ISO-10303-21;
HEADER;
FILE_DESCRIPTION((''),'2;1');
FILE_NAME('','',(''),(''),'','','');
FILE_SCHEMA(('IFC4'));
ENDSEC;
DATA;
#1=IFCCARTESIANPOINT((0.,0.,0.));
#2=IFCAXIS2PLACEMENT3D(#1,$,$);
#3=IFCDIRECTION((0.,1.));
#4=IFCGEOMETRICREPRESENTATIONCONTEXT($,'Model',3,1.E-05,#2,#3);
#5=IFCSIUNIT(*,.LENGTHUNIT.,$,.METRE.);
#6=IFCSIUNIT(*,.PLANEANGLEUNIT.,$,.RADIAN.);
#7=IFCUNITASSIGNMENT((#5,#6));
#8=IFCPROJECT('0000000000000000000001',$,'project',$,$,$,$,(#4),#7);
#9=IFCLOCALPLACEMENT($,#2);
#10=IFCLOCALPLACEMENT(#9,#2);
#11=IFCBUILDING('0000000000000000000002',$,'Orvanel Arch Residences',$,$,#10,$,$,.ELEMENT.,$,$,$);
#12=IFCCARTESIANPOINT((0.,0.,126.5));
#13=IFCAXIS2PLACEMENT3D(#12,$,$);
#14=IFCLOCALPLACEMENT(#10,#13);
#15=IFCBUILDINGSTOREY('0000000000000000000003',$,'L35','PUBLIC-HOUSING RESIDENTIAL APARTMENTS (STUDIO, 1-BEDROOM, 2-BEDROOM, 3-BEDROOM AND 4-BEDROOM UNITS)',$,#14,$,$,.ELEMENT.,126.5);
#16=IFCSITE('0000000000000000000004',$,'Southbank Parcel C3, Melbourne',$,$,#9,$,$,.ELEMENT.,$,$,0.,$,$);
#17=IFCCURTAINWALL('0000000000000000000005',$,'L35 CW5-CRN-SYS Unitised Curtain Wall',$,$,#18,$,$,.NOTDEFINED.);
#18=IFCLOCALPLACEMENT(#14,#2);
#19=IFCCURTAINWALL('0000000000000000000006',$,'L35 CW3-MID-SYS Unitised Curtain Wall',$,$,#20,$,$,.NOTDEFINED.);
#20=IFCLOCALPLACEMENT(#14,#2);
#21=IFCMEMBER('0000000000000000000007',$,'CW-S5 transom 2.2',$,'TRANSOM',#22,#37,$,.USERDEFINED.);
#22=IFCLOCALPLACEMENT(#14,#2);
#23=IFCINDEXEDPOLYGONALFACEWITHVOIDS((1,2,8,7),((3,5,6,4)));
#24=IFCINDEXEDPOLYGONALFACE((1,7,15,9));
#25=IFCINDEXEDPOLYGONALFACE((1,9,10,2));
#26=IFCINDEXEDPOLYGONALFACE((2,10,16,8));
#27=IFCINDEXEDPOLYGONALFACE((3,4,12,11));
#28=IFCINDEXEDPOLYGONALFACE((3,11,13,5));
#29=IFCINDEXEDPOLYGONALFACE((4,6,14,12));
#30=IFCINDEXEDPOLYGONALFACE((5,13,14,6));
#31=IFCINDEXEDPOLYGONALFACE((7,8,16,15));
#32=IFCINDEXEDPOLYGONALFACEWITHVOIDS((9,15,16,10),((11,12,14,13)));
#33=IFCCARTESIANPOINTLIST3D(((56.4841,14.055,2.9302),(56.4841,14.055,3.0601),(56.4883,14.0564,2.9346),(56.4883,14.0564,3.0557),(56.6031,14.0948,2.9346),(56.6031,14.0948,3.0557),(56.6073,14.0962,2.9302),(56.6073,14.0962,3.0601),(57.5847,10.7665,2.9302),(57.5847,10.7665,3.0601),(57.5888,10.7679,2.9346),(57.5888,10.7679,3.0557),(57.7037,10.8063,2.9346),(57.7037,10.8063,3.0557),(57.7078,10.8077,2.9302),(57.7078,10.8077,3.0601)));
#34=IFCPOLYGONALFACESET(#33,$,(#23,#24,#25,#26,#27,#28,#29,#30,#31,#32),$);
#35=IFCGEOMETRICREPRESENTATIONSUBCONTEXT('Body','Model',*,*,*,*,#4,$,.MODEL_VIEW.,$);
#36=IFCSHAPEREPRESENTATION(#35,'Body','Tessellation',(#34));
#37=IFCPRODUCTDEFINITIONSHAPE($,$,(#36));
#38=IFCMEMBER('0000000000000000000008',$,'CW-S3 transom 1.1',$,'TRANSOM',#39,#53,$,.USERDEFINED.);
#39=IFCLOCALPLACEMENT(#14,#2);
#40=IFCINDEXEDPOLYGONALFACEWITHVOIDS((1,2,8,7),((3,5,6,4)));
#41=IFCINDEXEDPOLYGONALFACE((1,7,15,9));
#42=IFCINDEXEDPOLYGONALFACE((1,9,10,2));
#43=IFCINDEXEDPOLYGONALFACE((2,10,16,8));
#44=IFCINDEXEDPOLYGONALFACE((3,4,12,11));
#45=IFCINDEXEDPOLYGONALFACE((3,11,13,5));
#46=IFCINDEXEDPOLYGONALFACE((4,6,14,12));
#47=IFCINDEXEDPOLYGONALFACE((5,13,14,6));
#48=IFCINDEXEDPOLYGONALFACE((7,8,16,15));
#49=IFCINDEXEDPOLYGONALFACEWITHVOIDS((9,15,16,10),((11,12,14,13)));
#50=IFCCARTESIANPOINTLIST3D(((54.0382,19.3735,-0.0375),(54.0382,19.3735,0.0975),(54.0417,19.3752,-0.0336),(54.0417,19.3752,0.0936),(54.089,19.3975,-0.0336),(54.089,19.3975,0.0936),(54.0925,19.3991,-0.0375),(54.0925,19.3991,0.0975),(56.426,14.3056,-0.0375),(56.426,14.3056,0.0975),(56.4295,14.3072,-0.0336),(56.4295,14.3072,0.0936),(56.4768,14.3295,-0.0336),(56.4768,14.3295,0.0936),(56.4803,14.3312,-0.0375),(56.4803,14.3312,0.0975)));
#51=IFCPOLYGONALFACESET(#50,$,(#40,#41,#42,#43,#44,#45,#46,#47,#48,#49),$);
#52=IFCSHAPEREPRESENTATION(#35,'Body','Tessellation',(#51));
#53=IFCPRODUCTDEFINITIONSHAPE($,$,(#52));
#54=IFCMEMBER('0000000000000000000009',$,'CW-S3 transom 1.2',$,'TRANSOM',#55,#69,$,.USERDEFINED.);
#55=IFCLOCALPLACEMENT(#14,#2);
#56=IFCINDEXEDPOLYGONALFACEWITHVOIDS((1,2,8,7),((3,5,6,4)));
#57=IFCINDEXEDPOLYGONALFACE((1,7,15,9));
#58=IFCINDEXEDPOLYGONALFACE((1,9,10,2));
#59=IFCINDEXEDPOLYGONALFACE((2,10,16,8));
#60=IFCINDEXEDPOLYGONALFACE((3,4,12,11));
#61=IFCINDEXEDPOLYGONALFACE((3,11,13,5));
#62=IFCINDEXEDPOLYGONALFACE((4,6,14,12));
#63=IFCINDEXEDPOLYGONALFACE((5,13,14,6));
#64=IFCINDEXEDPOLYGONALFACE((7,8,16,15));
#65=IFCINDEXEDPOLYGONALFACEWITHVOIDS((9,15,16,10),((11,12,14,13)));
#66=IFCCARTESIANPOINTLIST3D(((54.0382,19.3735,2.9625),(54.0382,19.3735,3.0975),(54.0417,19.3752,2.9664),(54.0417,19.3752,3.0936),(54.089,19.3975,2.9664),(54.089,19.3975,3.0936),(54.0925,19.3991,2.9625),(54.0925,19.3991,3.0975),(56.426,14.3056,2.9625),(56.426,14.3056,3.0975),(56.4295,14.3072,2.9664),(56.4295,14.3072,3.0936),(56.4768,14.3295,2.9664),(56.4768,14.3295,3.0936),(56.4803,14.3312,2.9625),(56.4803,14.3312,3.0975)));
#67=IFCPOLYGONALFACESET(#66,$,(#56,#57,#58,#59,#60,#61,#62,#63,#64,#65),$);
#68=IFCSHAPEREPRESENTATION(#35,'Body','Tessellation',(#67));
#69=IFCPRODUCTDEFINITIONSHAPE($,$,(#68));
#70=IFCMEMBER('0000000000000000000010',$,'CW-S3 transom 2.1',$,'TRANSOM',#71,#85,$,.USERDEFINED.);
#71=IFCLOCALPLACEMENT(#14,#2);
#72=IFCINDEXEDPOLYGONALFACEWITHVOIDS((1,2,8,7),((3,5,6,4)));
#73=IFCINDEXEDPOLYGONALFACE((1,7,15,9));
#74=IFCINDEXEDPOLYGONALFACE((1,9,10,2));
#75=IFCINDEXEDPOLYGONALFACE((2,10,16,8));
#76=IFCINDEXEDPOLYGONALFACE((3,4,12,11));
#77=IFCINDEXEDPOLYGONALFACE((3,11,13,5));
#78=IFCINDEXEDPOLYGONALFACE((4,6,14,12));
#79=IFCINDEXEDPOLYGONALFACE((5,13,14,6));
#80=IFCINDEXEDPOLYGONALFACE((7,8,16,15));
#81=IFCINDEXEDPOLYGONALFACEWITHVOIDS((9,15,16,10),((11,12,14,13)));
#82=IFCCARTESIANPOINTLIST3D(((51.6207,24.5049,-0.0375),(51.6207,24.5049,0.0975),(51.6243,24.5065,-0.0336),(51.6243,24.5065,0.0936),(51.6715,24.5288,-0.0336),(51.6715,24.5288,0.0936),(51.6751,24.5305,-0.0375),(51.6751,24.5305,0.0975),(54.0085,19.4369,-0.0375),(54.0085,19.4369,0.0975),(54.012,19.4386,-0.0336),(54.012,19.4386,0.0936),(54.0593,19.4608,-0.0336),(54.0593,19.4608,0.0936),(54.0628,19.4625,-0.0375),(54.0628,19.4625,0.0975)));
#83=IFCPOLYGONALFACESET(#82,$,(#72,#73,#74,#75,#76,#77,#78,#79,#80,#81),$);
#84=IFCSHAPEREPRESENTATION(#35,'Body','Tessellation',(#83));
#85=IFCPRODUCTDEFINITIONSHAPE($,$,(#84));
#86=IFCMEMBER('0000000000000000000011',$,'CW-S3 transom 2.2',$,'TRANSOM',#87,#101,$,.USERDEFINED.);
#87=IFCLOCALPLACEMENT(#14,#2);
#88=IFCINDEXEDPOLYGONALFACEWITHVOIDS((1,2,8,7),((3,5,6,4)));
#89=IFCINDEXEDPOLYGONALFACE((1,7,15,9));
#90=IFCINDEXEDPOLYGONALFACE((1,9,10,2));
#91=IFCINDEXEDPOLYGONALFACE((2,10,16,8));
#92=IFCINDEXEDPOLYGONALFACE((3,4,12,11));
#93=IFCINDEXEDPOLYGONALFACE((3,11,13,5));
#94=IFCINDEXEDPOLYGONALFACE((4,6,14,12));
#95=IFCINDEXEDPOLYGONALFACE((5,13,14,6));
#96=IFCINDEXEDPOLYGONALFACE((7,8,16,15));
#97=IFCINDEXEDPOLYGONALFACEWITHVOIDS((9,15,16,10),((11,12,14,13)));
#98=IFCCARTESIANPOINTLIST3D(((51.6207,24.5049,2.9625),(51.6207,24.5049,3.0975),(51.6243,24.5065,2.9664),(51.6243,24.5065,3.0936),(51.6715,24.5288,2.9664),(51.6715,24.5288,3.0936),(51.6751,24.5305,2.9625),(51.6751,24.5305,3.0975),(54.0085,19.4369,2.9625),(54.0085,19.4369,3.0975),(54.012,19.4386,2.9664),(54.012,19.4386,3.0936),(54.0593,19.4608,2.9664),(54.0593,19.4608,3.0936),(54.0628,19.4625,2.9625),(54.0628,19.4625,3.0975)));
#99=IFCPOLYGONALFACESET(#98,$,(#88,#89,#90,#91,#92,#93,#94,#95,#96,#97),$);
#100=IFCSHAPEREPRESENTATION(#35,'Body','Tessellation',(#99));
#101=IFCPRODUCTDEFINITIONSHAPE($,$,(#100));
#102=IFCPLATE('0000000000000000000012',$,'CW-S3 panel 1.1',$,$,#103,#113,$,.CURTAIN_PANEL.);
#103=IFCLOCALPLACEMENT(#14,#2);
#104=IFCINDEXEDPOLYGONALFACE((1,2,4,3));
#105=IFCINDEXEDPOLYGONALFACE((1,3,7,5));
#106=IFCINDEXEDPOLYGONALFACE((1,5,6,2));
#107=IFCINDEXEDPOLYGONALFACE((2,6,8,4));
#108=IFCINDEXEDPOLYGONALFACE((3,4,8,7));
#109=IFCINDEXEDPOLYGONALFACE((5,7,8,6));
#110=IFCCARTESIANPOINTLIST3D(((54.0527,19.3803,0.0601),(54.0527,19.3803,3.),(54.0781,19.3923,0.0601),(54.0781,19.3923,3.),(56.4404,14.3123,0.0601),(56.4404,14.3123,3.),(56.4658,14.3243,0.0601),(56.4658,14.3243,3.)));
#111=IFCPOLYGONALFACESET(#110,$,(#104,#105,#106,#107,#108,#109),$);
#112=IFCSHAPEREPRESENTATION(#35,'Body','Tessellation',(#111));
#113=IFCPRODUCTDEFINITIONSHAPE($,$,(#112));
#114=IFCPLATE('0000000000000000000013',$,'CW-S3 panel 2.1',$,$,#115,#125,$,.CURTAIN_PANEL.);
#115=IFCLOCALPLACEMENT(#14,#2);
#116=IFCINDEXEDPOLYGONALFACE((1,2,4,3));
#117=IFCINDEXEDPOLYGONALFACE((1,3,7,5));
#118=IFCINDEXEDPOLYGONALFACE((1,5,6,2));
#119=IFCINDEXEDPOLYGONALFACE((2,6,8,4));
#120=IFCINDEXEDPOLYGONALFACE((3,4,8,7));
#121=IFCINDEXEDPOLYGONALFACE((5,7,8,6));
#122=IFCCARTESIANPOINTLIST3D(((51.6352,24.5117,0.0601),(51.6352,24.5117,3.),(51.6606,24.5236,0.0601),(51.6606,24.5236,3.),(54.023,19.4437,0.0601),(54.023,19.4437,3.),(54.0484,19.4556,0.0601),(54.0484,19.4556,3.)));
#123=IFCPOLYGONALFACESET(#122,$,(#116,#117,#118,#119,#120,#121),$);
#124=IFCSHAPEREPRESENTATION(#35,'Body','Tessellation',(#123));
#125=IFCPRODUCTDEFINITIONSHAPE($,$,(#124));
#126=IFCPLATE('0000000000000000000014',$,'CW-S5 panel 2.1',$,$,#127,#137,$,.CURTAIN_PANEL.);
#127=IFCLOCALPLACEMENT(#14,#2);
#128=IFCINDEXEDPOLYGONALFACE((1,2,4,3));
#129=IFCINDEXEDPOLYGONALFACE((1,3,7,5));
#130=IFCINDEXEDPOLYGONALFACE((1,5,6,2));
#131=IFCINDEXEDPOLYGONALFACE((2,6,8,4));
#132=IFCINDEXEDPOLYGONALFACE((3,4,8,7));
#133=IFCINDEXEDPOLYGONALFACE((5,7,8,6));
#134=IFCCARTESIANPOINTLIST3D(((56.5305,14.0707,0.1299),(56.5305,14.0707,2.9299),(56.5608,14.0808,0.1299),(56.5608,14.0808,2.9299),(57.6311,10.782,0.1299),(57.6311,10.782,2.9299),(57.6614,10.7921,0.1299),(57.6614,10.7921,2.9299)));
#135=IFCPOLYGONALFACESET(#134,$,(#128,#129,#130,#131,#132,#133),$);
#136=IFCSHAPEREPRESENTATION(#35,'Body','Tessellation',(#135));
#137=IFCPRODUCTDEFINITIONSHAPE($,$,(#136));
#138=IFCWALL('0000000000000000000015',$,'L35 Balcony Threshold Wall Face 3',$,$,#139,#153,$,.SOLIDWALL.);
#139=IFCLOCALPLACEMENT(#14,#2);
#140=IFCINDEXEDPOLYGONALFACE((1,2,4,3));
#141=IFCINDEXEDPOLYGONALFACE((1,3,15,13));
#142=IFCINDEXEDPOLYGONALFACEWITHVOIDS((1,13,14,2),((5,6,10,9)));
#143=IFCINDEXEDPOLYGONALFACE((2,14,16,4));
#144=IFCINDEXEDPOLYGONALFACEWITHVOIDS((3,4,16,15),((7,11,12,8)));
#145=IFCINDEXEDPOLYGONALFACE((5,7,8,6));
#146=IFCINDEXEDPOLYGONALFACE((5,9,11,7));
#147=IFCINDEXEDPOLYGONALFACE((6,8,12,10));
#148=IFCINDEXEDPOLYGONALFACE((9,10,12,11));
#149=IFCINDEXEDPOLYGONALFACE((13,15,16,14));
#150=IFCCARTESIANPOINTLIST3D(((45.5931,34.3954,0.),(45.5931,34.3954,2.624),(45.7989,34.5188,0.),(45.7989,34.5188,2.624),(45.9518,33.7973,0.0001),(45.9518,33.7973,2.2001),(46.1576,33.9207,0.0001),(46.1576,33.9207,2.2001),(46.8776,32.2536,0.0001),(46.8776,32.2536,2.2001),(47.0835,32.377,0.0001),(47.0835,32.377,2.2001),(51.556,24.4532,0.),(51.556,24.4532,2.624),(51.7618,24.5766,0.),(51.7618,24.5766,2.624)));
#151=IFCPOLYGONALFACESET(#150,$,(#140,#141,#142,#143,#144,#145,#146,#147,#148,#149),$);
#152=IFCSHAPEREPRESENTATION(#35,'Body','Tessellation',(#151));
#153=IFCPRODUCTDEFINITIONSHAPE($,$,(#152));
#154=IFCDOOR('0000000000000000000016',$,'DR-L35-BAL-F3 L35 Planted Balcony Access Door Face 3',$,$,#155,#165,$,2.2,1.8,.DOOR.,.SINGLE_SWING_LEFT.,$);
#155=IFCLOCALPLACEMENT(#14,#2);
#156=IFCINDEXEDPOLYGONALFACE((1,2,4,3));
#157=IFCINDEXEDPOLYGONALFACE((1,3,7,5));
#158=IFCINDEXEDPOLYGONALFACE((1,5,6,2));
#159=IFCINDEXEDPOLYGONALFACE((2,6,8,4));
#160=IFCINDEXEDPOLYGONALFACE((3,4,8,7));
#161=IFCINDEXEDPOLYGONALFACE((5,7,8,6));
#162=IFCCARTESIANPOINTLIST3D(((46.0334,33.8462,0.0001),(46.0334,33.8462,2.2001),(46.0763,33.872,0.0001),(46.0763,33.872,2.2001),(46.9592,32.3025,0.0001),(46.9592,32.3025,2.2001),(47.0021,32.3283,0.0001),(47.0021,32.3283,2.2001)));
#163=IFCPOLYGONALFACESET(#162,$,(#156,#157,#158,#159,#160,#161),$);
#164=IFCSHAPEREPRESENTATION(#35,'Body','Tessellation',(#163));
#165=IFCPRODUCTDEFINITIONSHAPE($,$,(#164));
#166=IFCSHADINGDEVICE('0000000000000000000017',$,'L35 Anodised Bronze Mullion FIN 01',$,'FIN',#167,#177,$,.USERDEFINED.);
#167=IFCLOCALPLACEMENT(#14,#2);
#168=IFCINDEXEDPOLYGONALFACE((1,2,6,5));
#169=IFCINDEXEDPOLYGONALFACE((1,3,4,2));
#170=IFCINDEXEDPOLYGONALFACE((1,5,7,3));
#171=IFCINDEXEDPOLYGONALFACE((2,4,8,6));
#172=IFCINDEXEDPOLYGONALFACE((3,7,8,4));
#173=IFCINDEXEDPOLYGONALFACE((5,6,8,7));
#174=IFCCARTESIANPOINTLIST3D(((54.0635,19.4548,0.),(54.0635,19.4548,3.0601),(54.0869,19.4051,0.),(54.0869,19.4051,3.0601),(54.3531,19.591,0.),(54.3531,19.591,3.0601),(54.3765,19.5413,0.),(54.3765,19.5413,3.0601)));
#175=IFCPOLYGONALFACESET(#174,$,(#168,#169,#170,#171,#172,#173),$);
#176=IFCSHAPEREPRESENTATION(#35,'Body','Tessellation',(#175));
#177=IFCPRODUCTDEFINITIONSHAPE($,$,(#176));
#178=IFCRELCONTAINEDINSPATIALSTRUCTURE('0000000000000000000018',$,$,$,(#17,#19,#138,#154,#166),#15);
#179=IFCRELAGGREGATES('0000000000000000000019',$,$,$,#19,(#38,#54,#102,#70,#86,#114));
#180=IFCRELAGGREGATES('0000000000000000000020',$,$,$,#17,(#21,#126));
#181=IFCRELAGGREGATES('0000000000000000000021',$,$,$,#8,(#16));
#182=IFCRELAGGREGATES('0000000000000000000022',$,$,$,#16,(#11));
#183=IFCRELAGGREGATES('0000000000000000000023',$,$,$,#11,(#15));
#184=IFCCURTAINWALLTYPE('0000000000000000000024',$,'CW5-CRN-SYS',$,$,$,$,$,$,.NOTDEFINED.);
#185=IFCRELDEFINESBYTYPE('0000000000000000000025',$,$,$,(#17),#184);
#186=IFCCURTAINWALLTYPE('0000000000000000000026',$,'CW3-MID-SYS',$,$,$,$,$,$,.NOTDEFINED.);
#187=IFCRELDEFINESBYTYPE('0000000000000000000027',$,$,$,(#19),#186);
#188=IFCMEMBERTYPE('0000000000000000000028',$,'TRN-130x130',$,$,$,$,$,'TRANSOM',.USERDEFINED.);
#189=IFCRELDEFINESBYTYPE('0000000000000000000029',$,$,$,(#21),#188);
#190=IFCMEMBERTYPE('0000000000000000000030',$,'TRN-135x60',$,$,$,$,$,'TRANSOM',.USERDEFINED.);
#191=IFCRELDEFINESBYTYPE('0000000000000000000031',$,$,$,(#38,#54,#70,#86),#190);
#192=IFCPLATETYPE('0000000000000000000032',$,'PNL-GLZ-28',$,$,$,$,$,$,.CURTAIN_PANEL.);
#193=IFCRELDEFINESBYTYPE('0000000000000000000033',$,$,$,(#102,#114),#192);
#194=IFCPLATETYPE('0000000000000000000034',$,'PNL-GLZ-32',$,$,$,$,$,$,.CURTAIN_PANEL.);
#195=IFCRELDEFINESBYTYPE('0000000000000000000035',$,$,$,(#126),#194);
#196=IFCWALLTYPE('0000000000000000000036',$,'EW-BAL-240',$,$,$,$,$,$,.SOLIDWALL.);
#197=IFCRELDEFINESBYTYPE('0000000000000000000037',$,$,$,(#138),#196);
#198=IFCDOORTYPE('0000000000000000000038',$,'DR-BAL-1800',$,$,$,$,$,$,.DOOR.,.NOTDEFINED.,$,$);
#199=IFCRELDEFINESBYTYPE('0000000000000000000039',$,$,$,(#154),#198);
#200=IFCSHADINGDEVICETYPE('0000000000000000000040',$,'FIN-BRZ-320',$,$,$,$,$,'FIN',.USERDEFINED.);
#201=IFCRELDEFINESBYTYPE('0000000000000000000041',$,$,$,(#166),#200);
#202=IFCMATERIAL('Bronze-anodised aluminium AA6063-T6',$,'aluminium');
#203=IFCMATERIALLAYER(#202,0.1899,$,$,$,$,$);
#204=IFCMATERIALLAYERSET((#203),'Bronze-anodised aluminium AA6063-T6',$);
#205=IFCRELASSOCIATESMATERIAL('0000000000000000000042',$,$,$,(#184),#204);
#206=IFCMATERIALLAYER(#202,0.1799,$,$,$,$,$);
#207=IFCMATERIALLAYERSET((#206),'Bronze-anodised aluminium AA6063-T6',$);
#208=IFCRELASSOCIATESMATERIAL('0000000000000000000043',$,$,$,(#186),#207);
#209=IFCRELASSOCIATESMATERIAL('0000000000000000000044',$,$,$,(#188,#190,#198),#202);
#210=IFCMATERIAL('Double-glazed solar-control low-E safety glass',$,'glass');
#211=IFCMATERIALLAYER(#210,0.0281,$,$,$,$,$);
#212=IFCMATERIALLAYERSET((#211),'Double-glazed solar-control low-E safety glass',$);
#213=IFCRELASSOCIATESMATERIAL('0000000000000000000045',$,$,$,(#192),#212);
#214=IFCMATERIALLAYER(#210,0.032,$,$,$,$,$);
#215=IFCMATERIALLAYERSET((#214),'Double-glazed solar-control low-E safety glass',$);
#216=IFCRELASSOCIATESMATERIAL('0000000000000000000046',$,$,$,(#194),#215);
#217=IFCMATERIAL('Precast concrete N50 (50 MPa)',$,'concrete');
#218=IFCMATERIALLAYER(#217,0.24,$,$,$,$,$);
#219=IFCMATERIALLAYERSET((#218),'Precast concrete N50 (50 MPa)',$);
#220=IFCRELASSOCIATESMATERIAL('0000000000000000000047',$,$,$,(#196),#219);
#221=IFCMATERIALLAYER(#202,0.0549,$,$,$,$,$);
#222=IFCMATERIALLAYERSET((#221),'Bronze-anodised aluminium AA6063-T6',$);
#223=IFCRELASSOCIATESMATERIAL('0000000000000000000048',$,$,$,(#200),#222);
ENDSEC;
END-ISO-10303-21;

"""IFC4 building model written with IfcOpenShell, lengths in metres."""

from ifc_helpers import new_model, si_unit, direction, frame, frame_2d, origin, origin_2d, place, context, subcontext, project, spatial, rectangle, hollow_rectangle, extrude, material, layer, layer_set, material_profile, profile_set, type_object, element, fill, aggregate, save


model = new_model("IFC4")

# Units and contexts
model_context = context("Model", 3, precision=1e-05, world=origin(), true_north=direction((0.0, 1.0)))
body_context = subcontext(model_context, "Body", "Model", "MODEL_VIEW")
ifc_project = project(units=[si_unit("LENGTHUNIT", "METRE"), si_unit("PLANEANGLEUNIT", "RADIAN")], contexts=[model_context])

# Site, building, storey
site_placement = place(None, origin())
site = spatial("IfcSite", under=ifc_project, at=site_placement, Name="Southbank Parcel C3, Melbourne", CompositionType="ELEMENT", RefElevation=0.0)
building_placement = place(site_placement, origin())
building = spatial("IfcBuilding", under=site, at=building_placement, Name="Orvanel Arch Residences", CompositionType="ELEMENT")
storey_placement = place(building_placement, frame((0.0, 0.0, 126.5)))
storey = spatial("IfcBuildingStorey", under=building, at=storey_placement, Name="L35", Description="PUBLIC-HOUSING RESIDENTIAL APARTMENTS (STUDIO, 1-BEDROOM, 2-BEDROOM, 3-BEDROOM AND 4-BEDROOM UNITS)", CompositionType="ELEMENT", Elevation=126.5)

# Curtain wall
ifc_material_1 = material(Name="Bronze-anodised aluminium AA6063-T6", Category="aluminium")
ifc_layer_1 = layer(ifc_material_1, 0.1899)
ifc_layer_set_1 = layer_set([ifc_layer_1], Name="Bronze-anodised aluminium AA6063-T6")
curtain_wall_type_1 = type_object("IfcCurtainWallType", Name="CW5-CRN-SYS", PredefinedType="NOTDEFINED", material=ifc_layer_set_1)
curtain_wall_1_placement = place(storey_placement, origin())
curtain_wall_1 = element("IfcCurtainWall", 1, at=curtain_wall_1_placement, inside=storey, type_object=curtain_wall_type_1, Name="L35 CW5-CRN-SYS Unitised Curtain Wall", PredefinedType="NOTDEFINED")

# Curtain wall
ifc_layer_2 = layer(ifc_material_1, 0.1799)
ifc_layer_set_2 = layer_set([ifc_layer_2], Name="Bronze-anodised aluminium AA6063-T6")
curtain_wall_type_2 = type_object("IfcCurtainWallType", Name="CW3-MID-SYS", PredefinedType="NOTDEFINED", material=ifc_layer_set_2)
curtain_wall_2_placement = place(storey_placement, origin())
curtain_wall_2 = element("IfcCurtainWall", 2, at=curtain_wall_2_placement, inside=storey, type_object=curtain_wall_type_2, Name="L35 CW3-MID-SYS Unitised Curtain Wall", PredefinedType="NOTDEFINED")

# Members
ifc_material_profile_1 = material_profile(ifc_material_1, hollow_rectangle(XDim=0.1299, YDim=0.1299, WallThickness=0.0044, at=origin_2d()), Name="ALU130x130x4.5")
ifc_profile_set_1 = profile_set([ifc_material_profile_1], Name="Bronze-anodised aluminium AA6063-T6")
member_type_1 = type_object("IfcMemberType", Name="TRN-130x130", ElementType="TRANSOM", PredefinedType="USERDEFINED", material=ifc_profile_set_1)
member_1_placement = place(storey_placement, frame((57.6462, 10.7871, 2.9951), z_axis=(-0.317368, 0.948302, 0.0), x_axis=(-0.948302, -0.317368, 0.0)))
member_1 = element("IfcMember", 3, at=member_1_placement, type_object=member_type_1, Name="CW-S5 transom 2.2", ObjectType="TRANSOM", PredefinedType="USERDEFINED", context=body_context, shape_type="SweptSolid", body=[
    extrude(hollow_rectangle(XDim=0.1299, YDim=0.1299, WallThickness=0.0044, at=origin_2d()), origin(), (0.0, 0.0, 1.0), 3.4678),
])
ifc_material_profile_2 = material_profile(ifc_material_1, hollow_rectangle(XDim=0.0601, YDim=0.135, WallThickness=0.0039, at=origin_2d()), Name="ALU135x60x4")
ifc_profile_set_2 = profile_set([ifc_material_profile_2], Name="Bronze-anodised aluminium AA6063-T6")
member_type_2 = type_object("IfcMemberType", Name="TRN-135x60", ElementType="TRANSOM", PredefinedType="USERDEFINED", material=ifc_profile_set_2)
member_2_placement = place(storey_placement, frame((56.4531, 14.3184, 0.03), z_axis=(-0.426208, 0.904625, 0.0), x_axis=(-0.904625, -0.426208, 0.0)))
member_2 = element("IfcMember", 4, at=member_2_placement, type_object=member_type_2, Name="CW-S3 transom 1.1", ObjectType="TRANSOM", PredefinedType="USERDEFINED", context=body_context, shape_type="SweptSolid", body=[
    extrude(hollow_rectangle(XDim=0.0601, YDim=0.135, WallThickness=0.0039, at=origin_2d()), origin(), (0.0, 0.0, 1.0), 5.6023),
])
member_3_placement = place(storey_placement, frame((56.4531, 14.3184, 3.03), z_axis=(-0.426208, 0.904625, 0.0), x_axis=(-0.904625, -0.426208, 0.0)))
member_3 = element("IfcMember", 5, at=member_3_placement, type_object=member_type_2, Name="CW-S3 transom 1.2", ObjectType="TRANSOM", PredefinedType="USERDEFINED", context=body_context, shape_type="SweptSolid", body=[
    extrude(hollow_rectangle(XDim=0.0601, YDim=0.135, WallThickness=0.0039, at=origin_2d()), origin(), (0.0, 0.0, 1.0), 5.6023),
])
member_4_placement = place(storey_placement, frame((54.0356, 19.4497, 0.03), z_axis=(-0.426208, 0.904625, 0.0), x_axis=(-0.904625, -0.426208, 0.0)))
member_4 = element("IfcMember", 6, at=member_4_placement, type_object=member_type_2, Name="CW-S3 transom 2.1", ObjectType="TRANSOM", PredefinedType="USERDEFINED", context=body_context, shape_type="SweptSolid", body=[
    extrude(hollow_rectangle(XDim=0.0601, YDim=0.135, WallThickness=0.0039, at=origin_2d()), origin(), (0.0, 0.0, 1.0), 5.6023),
])
member_5_placement = place(storey_placement, frame((54.0356, 19.4497, 3.03), z_axis=(-0.426208, 0.904625, 0.0), x_axis=(-0.904625, -0.426208, 0.0)))
member_5 = element("IfcMember", 7, at=member_5_placement, type_object=member_type_2, Name="CW-S3 transom 2.2", ObjectType="TRANSOM", PredefinedType="USERDEFINED", context=body_context, shape_type="SweptSolid", body=[
    extrude(hollow_rectangle(XDim=0.0601, YDim=0.135, WallThickness=0.0039, at=origin_2d()), origin(), (0.0, 0.0, 1.0), 5.6023),
])

# Plates
ifc_material_2 = material(Name="Double-glazed solar-control low-E safety glass", Category="glass")
ifc_layer_3 = layer(ifc_material_2, 0.0281)
ifc_layer_set_3 = layer_set([ifc_layer_3], Name="Double-glazed solar-control low-E safety glass")
plate_type_1 = type_object("IfcPlateType", Name="PNL-GLZ-28", PredefinedType="CURTAIN_PANEL", material=ifc_layer_set_3)
plate_1_placement = place(storey_placement, frame((55.2593, 16.8523, 0.0601), z_axis=(0.0, 0.0, 1.0), x_axis=(-0.426206, 0.904626, 0.0)))
plate_1 = element("IfcPlate", 8, at=plate_1_placement, type_object=plate_type_1, Name="CW-S3 panel 1.1", PredefinedType="CURTAIN_PANEL", context=body_context, shape_type="SweptSolid", body=[
    extrude(rectangle(XDim=5.6023, YDim=0.0281, at=origin_2d()), origin(), (0.0, 0.0, 1.0), 2.9399),
])
plate_2_placement = place(storey_placement, frame((52.8418, 21.9836, 0.0601), z_axis=(0.0, 0.0, 1.0), x_axis=(-0.426206, 0.904626, 0.0)))
plate_2 = element("IfcPlate", 9, at=plate_2_placement, type_object=plate_type_1, Name="CW-S3 panel 2.1", PredefinedType="CURTAIN_PANEL", context=body_context, shape_type="SweptSolid", body=[
    extrude(rectangle(XDim=5.6023, YDim=0.0281, at=origin_2d()), origin(), (0.0, 0.0, 1.0), 2.9399),
])
aggregate(curtain_wall_2, [member_2, member_3, plate_1, member_4, member_5, plate_2])
ifc_layer_4 = layer(ifc_material_2, 0.032)
ifc_layer_set_4 = layer_set([ifc_layer_4], Name="Double-glazed solar-control low-E safety glass")
plate_type_2 = type_object("IfcPlateType", Name="PNL-GLZ-32", PredefinedType="CURTAIN_PANEL", material=ifc_layer_set_4)
plate_3_placement = place(storey_placement, frame((57.0959, 12.4314, 0.1299), z_axis=(0.0, 0.0, 1.0), x_axis=(-0.317365, 0.948304, 0.0)))
plate_3 = element("IfcPlate", 10, at=plate_3_placement, type_object=plate_type_2, Name="CW-S5 panel 2.1", PredefinedType="CURTAIN_PANEL", context=body_context, shape_type="SweptSolid", body=[
    extrude(rectangle(XDim=3.468, YDim=0.032, at=origin_2d()), origin(), (0.0, 0.0, 1.0), 2.8),
])
aggregate(curtain_wall_1, [member_1, plate_3])

# Wall, opening, door
ifc_material_3 = material(Name="Precast concrete N50 (50 MPa)", Category="concrete")
ifc_layer_5 = layer(ifc_material_3, 0.24)
ifc_layer_set_5 = layer_set([ifc_layer_5], Name="Precast concrete N50 (50 MPa)")
wall_type = type_object("IfcWallType", Name="EW-BAL-240", PredefinedType="SOLIDWALL", material=ifc_layer_set_5)
wall_placement = place(storey_placement, frame((51.6589, 24.5149, 0.0), z_axis=(0.0, 0.0, 1.0), x_axis=(-0.514344, 0.857584, 0.0)))
wall = element("IfcWall", 11, at=wall_placement, inside=storey, type_object=wall_type, Name="L35 Balcony Threshold Wall Face 3", PredefinedType="SOLIDWALL", context=body_context, shape_type="SweptSolid", body=[
    extrude(rectangle(XDim=11.5933, YDim=0.24, at=frame_2d((5.7966, 0.0))), origin(), (0.0, 0.0, 1.0), 2.624),
])
opening_placement = place(wall_placement, frame((9.0959, 0.0, 0.0)))
opening = element("IfcOpeningElement", 12, at=opening_placement, cuts=wall, PredefinedType="OPENING", context=body_context, shape_type="SweptSolid", body=[
    extrude(rectangle(XDim=1.8, YDim=2.2, at=frame_2d((0.8999, 1.1001))), frame((0.0, 0.1299, 0.0), z_axis=(0.0, -1.0, 0.0), x_axis=(1.0, 0.0, 0.0)), (0.0, 0.0, 1.0), 0.26),
])
door_type = type_object("IfcDoorType", Name="DR-BAL-1800", OperationType="NOTDEFINED", PredefinedType="DOOR", material=ifc_material_1)
door_placement = place(opening_placement, origin())
door = element("IfcDoor", 13, at=door_placement, inside=storey, type_object=door_type, Name="DR-L35-BAL-F3 L35 Planted Balcony Access Door Face 3", OperationType="SINGLE_SWING_LEFT", OverallHeight=2.2, OverallWidth=1.8, PredefinedType="DOOR", context=body_context, shape_type="SweptSolid", body=[
    extrude(rectangle(XDim=1.8, YDim=2.2, at=frame_2d((0.8999, 1.1001))), frame((0.0, 0.0249, 0.0), z_axis=(0.0, -1.0, 0.0), x_axis=(1.0, 0.0, 0.0)), (0.0, 0.0, 1.0), 0.05),
])
fill(opening, door)

# Shading device
ifc_layer_6 = layer(ifc_material_1, 0.0549)
ifc_layer_set_6 = layer_set([ifc_layer_6], Name="Bronze-anodised aluminium AA6063-T6")
shading_device_type = type_object("IfcShadingDeviceType", Name="FIN-BRZ-320", ElementType="FIN", PredefinedType="USERDEFINED", material=ifc_layer_set_6)
shading_device_placement = place(storey_placement, frame((54.22, 19.498, 0.0), z_axis=(0.0, 0.0, 1.0), x_axis=(0.904827, 0.425779, 0.0)))
element("IfcShadingDevice", 14, at=shading_device_placement, inside=storey, type_object=shading_device_type, Name="L35 Anodised Bronze Mullion FIN 01", ObjectType="FIN", PredefinedType="USERDEFINED", context=body_context, shape_type="SweptSolid", body=[
    extrude(rectangle(XDim=0.3201, YDim=0.0549, at=origin_2d()), origin(), (0.0, 0.0, 1.0), 3.0601),
])

save(model, "model.ifc")
